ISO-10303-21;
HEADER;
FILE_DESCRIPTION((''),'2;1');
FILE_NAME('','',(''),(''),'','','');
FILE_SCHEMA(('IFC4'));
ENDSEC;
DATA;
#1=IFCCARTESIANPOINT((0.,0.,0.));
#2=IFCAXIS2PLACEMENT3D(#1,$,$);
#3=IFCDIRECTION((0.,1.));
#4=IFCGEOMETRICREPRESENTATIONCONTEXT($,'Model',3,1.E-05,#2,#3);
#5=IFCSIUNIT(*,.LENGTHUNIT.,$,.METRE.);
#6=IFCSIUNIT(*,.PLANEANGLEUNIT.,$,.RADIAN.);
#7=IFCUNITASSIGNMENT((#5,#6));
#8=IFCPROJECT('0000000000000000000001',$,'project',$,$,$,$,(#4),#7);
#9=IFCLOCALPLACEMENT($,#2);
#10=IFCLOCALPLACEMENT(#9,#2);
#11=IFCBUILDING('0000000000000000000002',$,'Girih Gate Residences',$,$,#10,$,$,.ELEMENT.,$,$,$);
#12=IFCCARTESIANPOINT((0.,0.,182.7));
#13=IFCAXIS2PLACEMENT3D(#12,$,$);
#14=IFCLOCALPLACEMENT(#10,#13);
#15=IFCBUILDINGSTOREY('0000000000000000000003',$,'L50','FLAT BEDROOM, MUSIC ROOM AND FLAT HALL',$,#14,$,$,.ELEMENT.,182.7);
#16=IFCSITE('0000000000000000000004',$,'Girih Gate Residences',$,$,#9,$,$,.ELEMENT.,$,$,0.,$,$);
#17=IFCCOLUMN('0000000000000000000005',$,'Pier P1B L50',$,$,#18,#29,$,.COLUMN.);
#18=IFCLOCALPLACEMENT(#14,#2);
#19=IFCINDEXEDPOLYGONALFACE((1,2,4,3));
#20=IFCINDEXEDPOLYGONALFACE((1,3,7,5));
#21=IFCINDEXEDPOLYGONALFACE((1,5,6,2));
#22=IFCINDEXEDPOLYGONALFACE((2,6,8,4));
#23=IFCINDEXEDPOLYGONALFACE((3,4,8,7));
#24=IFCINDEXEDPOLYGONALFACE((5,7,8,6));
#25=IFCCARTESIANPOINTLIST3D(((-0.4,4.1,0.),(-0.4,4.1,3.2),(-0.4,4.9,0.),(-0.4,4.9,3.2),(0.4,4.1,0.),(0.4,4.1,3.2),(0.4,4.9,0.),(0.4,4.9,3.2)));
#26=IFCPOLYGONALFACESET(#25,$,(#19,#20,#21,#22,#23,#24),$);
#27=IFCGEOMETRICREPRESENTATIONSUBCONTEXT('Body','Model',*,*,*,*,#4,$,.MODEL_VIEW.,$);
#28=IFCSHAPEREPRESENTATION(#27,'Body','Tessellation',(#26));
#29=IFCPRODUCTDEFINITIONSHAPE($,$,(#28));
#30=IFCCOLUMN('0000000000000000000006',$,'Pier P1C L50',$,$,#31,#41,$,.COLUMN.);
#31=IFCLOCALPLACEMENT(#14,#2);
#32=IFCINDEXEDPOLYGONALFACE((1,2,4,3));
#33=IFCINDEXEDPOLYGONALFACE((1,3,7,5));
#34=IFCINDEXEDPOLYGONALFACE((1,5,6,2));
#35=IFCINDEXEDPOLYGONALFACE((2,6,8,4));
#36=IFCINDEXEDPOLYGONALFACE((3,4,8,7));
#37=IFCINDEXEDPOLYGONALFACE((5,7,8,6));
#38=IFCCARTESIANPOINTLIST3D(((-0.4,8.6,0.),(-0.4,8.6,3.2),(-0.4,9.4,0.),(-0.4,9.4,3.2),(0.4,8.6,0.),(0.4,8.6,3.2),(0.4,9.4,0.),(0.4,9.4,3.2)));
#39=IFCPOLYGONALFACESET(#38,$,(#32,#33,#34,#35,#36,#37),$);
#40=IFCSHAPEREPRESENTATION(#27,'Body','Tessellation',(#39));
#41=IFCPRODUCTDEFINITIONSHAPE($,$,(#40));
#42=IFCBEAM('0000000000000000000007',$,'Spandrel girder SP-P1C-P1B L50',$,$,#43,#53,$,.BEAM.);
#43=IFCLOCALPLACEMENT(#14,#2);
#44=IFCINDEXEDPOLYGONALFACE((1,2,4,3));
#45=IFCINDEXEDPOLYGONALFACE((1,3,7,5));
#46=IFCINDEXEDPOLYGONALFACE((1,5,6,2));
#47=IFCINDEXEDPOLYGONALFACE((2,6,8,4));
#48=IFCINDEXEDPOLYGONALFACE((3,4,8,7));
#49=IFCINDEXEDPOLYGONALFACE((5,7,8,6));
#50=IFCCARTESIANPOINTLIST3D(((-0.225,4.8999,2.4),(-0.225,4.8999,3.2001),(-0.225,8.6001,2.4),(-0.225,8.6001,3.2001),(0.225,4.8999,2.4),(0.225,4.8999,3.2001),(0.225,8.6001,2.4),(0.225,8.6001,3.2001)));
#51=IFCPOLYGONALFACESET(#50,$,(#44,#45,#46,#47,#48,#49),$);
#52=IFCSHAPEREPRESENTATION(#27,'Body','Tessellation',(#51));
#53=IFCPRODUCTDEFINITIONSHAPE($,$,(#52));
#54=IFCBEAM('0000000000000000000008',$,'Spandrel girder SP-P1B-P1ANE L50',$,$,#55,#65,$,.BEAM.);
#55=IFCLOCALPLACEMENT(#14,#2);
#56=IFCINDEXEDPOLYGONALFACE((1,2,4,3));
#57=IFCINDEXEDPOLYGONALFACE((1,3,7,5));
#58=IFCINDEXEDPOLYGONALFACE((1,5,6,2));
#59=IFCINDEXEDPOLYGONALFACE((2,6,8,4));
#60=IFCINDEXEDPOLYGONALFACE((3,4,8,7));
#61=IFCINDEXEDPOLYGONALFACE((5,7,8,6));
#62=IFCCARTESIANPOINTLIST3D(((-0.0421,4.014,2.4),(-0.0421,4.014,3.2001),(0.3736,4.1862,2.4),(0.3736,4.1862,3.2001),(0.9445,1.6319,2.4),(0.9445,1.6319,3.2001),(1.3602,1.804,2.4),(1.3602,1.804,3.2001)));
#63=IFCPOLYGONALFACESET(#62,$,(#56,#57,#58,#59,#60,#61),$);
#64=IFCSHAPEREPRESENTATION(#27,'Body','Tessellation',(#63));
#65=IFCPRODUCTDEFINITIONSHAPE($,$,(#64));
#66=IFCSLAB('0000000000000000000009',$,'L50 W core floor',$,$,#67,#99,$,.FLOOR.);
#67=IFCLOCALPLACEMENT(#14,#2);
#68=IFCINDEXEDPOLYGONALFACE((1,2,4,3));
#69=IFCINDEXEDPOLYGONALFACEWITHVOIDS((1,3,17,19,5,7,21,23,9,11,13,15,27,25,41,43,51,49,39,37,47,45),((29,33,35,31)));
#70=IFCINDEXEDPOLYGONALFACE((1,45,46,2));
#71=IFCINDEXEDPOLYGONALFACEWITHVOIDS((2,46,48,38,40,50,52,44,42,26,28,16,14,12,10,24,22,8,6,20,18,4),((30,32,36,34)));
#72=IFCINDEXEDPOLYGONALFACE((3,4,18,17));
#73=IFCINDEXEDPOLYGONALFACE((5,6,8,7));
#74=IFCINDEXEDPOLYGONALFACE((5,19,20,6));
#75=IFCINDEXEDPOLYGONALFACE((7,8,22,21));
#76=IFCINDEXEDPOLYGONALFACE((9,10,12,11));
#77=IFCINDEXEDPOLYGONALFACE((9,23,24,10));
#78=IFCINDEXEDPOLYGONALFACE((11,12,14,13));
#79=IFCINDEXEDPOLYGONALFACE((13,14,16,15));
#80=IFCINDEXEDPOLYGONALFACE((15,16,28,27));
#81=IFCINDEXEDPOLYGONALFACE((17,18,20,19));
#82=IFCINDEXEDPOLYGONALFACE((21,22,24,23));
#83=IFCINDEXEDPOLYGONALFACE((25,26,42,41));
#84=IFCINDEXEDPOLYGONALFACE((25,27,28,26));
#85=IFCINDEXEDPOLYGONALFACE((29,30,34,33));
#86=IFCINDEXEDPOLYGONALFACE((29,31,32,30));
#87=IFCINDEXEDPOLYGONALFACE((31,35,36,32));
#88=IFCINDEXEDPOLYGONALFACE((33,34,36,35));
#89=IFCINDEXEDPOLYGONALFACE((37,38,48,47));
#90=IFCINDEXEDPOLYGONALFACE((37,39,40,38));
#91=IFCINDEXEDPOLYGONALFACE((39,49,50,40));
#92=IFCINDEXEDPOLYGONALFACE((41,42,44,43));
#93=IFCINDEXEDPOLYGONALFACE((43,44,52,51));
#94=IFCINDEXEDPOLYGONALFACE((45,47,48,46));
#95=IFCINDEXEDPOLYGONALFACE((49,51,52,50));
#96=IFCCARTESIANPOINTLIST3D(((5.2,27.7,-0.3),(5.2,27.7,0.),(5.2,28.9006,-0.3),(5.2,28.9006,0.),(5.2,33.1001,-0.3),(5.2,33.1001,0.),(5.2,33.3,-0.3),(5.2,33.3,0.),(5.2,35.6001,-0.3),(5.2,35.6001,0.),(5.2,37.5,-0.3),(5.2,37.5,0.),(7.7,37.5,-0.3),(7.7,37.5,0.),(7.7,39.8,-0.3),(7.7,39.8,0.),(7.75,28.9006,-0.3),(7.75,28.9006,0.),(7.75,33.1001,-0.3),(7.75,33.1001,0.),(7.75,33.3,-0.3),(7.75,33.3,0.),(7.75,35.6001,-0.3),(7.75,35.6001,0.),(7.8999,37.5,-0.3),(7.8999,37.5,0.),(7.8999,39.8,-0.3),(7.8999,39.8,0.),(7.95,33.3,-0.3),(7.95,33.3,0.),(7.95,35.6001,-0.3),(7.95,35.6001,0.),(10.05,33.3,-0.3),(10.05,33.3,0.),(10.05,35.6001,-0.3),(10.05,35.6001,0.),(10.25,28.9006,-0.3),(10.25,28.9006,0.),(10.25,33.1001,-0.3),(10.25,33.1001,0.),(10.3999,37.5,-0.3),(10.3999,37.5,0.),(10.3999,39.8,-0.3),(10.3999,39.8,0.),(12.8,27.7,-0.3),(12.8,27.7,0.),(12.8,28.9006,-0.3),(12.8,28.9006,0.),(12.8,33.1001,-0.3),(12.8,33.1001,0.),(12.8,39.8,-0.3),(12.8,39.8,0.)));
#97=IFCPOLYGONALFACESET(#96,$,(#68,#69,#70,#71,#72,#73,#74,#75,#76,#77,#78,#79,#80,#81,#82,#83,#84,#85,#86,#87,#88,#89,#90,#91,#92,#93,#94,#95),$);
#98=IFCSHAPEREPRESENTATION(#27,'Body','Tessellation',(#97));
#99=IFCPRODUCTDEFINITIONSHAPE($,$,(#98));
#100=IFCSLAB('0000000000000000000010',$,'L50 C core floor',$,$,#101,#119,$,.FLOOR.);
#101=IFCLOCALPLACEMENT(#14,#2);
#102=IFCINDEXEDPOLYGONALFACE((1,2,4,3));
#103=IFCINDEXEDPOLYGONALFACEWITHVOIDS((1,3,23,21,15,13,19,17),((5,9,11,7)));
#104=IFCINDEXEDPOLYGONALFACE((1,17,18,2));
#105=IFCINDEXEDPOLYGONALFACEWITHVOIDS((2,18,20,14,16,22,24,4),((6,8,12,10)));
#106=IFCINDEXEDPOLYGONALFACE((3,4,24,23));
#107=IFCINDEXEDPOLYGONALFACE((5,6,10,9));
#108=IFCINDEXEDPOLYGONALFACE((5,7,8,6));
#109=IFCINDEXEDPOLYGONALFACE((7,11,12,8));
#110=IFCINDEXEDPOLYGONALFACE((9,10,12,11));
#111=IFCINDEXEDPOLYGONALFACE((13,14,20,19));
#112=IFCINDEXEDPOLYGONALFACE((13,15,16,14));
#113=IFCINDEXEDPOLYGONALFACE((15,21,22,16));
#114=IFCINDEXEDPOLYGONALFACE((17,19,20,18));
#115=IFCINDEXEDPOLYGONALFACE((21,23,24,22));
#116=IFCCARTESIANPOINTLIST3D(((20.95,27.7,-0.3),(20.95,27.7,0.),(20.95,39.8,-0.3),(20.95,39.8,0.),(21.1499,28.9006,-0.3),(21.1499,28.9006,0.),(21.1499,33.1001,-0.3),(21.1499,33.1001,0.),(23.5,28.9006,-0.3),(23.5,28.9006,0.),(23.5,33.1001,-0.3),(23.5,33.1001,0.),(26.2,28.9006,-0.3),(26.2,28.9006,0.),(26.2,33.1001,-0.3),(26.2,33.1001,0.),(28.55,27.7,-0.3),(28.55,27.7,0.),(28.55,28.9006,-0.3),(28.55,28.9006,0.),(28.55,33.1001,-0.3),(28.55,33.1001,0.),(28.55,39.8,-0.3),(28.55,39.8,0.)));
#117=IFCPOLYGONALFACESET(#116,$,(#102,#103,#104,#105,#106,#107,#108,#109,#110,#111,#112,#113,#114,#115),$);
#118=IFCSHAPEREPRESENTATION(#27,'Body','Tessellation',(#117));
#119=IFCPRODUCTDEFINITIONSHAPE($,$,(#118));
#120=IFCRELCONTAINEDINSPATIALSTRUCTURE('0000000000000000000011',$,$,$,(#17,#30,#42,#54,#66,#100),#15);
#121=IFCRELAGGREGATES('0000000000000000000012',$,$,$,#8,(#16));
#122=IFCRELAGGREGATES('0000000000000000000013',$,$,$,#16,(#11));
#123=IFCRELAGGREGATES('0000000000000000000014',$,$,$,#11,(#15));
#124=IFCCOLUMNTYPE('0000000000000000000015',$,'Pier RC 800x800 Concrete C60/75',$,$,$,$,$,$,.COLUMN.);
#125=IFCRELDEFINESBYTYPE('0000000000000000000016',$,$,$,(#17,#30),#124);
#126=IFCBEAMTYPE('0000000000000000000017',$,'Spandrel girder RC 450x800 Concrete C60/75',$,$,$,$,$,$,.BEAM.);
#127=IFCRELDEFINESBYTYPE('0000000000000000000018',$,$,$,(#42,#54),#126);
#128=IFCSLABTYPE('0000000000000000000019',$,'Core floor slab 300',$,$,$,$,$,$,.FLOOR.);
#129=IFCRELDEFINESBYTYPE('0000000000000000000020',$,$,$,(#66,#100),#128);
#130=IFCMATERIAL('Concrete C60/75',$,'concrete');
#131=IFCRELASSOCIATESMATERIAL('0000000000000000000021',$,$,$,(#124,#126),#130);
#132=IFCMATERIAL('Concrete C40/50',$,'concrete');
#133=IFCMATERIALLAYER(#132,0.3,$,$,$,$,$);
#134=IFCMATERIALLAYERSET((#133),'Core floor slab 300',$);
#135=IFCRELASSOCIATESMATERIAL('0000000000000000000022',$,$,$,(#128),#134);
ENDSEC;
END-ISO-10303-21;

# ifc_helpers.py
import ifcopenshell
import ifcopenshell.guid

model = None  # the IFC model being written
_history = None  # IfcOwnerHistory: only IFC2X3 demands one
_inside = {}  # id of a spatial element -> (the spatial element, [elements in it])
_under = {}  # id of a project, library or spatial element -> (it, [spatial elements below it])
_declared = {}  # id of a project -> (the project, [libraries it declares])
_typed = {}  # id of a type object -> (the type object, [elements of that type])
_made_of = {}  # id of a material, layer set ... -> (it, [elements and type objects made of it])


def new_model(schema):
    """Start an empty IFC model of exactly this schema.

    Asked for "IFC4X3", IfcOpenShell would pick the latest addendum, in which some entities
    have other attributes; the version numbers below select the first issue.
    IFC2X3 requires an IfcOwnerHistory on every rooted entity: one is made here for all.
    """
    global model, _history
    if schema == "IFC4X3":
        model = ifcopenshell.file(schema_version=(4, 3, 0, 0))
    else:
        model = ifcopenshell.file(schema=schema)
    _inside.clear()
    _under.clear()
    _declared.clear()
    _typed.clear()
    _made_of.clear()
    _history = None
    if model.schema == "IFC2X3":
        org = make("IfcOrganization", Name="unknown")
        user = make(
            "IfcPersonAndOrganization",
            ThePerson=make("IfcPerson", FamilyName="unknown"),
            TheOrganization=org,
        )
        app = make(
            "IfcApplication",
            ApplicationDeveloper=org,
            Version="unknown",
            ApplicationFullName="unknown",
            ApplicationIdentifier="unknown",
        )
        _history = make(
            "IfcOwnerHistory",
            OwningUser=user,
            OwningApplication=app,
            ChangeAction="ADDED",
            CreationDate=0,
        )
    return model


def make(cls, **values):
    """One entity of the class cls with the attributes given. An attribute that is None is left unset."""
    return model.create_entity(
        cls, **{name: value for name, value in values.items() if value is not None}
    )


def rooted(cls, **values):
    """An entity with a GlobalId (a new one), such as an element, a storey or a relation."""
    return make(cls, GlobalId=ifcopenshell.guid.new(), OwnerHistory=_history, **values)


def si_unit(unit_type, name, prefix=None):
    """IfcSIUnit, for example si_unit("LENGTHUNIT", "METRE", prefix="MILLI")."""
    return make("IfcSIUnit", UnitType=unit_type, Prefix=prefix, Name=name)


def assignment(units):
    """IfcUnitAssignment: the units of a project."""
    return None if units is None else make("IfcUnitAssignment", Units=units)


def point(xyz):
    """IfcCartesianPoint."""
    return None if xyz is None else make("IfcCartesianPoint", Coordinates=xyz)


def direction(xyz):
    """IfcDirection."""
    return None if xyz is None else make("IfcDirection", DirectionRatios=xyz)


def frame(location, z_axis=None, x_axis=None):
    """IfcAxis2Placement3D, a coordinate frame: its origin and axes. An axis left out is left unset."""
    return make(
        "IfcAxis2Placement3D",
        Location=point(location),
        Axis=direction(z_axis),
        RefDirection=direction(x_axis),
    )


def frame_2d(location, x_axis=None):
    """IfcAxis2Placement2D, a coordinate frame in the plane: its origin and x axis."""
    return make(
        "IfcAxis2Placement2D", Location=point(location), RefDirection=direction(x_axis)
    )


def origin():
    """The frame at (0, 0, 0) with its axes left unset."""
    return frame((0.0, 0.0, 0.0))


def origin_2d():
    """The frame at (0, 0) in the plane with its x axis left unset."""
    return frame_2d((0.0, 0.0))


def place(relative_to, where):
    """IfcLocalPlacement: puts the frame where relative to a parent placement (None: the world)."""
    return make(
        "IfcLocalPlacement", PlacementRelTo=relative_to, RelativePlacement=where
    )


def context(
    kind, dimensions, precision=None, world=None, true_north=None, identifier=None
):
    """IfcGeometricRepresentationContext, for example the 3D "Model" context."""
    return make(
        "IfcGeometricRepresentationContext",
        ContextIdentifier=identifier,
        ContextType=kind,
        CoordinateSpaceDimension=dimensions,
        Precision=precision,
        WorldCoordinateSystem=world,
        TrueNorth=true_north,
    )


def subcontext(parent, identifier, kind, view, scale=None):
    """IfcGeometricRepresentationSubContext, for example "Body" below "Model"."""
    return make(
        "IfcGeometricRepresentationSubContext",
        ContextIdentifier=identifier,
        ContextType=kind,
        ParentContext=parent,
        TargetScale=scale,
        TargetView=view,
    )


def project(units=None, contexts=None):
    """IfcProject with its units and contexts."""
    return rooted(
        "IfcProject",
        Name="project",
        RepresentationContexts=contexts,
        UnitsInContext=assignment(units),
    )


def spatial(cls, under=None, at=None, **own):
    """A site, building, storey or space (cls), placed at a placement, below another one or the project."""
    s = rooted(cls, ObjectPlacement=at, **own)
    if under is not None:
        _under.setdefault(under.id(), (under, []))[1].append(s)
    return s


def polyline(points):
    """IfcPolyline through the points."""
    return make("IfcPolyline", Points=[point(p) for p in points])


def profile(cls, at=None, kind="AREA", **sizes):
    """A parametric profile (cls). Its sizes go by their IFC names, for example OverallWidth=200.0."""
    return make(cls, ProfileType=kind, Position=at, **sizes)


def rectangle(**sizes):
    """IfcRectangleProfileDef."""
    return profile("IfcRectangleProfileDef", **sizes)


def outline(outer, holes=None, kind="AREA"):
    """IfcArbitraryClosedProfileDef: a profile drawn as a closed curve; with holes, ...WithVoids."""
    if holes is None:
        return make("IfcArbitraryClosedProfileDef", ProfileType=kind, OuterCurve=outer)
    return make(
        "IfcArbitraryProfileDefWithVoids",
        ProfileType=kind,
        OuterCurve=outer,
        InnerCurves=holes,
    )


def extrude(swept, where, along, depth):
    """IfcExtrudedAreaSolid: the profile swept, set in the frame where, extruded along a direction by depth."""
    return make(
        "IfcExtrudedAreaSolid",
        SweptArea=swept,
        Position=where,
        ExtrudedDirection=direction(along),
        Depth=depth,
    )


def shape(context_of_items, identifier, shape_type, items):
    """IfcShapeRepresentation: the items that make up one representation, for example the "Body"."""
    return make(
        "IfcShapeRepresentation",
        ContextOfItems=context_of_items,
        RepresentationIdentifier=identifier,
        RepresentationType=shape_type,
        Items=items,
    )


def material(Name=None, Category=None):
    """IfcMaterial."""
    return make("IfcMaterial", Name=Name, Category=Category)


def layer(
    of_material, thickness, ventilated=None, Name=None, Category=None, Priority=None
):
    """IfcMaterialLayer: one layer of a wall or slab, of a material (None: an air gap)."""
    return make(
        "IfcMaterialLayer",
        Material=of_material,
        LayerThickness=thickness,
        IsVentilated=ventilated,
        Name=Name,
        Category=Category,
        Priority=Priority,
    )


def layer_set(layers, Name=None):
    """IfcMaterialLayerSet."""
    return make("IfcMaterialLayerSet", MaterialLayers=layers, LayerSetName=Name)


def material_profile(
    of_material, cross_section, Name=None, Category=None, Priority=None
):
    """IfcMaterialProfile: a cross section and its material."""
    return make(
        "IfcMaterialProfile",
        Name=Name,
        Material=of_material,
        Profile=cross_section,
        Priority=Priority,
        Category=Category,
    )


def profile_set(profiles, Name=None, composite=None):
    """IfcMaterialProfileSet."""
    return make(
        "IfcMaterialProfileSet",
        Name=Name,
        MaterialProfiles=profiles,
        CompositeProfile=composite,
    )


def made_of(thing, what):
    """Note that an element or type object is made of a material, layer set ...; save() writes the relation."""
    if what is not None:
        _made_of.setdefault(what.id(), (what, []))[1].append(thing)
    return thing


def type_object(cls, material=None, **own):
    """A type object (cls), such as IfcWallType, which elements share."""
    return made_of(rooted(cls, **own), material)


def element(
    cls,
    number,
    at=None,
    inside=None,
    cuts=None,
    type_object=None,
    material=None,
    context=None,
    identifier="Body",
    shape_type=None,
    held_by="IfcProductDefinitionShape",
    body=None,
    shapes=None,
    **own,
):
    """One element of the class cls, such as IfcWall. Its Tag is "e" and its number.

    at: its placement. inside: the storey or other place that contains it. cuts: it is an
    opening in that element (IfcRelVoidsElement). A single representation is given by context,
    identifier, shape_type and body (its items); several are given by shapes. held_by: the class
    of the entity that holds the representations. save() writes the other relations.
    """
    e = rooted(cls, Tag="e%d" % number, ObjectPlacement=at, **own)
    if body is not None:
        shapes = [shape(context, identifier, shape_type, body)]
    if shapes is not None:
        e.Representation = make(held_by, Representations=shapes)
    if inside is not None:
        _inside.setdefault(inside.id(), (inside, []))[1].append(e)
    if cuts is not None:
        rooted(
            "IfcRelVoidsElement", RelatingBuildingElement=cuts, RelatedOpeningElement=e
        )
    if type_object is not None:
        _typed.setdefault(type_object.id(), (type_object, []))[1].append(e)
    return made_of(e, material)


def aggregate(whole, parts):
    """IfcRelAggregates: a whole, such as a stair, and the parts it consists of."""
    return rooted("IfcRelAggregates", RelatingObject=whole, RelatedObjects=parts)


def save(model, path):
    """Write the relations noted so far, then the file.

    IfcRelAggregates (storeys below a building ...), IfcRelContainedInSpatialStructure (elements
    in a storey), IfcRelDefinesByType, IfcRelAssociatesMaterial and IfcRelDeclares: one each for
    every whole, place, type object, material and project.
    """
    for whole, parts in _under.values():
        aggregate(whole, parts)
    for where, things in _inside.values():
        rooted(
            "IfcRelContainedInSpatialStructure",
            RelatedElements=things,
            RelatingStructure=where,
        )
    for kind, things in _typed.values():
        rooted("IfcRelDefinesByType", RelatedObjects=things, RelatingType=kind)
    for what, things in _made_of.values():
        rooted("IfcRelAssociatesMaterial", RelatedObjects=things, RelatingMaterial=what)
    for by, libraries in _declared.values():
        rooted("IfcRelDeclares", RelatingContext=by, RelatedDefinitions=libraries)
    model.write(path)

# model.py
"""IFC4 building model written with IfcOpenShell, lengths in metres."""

from ifc_helpers import new_model, si_unit, direction, frame, origin, origin_2d, place, context, subcontext, project, spatial, polyline, rectangle, outline, extrude, material, layer, layer_set, material_profile, profile_set, type_object, element, save


model = new_model("IFC4")

# Units and contexts
model_context = context("Model", 3, precision=1e-05, world=origin(), true_north=direction((0.0, 1.0)))
body_context = subcontext(model_context, "Body", "Model", "MODEL_VIEW")
ifc_project = project(units=[si_unit("LENGTHUNIT", "METRE"), si_unit("PLANEANGLEUNIT", "RADIAN")], contexts=[model_context])

# Site, building, storey
site_placement = place(None, origin())
site = spatial("IfcSite", under=ifc_project, at=site_placement, Name="Girih Gate Residences", CompositionType="ELEMENT", RefElevation=0.0)
building_placement = place(site_placement, origin())
building = spatial("IfcBuilding", under=site, at=building_placement, Name="Girih Gate Residences", CompositionType="ELEMENT")
storey_placement = place(building_placement, frame((0.0, 0.0, 182.7)))
storey = spatial("IfcBuildingStorey", under=building, at=storey_placement, Name="L50", Description="FLAT BEDROOM, MUSIC ROOM AND FLAT HALL", CompositionType="ELEMENT", Elevation=182.7)

# Columns
ifc_material_1 = material(Name="Concrete C60/75", Category="concrete")
ifc_material_profile_1 = material_profile(ifc_material_1, rectangle(XDim=0.8, YDim=0.8, at=origin_2d()))
ifc_profile_set_1 = profile_set([ifc_material_profile_1], Name="Concrete C60/75")
column_type = type_object("IfcColumnType", Name="Pier RC 800x800 Concrete C60/75", PredefinedType="COLUMN", material=ifc_profile_set_1)
for number, where, z_axis, x_axis, name in (
    (1, (0.0, 4.5, 0.0), (0.0, 0.0, 1.0), (1.0, 0.0, 0.0), "Pier P1B L50"),
    (2, (0.0, 9.0, 0.0), (0.0, 0.0, 1.0), (1.0, 0.0, 0.0), "Pier P1C L50"),
):
    element("IfcColumn", number, at=place(storey_placement, frame(where, z_axis=z_axis, x_axis=x_axis)), inside=storey, type_object=column_type, Name=name, PredefinedType="COLUMN", context=body_context, shape_type="SweptSolid", body=[
        extrude(rectangle(XDim=0.8, YDim=0.8, at=origin_2d()), origin(), (0.0, 0.0, 1.0), 3.2),
    ])

# Beams
ifc_material_profile_2 = material_profile(ifc_material_1, rectangle(XDim=0.45, YDim=0.8, at=origin_2d()))
ifc_profile_set_2 = profile_set([ifc_material_profile_2], Name="Concrete C60/75")
beam_type = type_object("IfcBeamType", Name="Spandrel girder RC 450x800 Concrete C60/75", PredefinedType="BEAM", material=ifc_profile_set_2)
beam_1_placement = place(storey_placement, frame((0.0, 8.6001, 2.8), z_axis=(0.0, -1.0, 0.0), x_axis=(1.0, 0.0, 0.0)))
element("IfcBeam", 3, at=beam_1_placement, inside=storey, type_object=beam_type, Name="Spandrel girder SP-P1C-P1B L50", PredefinedType="BEAM", context=body_context, shape_type="SweptSolid", body=[
    extrude(rectangle(XDim=0.45, YDim=0.8, at=origin_2d()), origin(), (0.0, 0.0, 1.0), 3.7002),
])
beam_2_placement = place(storey_placement, frame((0.1658, 4.1001, 2.8), z_axis=(0.382644, -0.923896, 0.0), x_axis=(0.923896, 0.382644, 0.0)))
element("IfcBeam", 4, at=beam_2_placement, inside=storey, type_object=beam_type, Name="Spandrel girder SP-P1B-P1ANE L50", PredefinedType="BEAM", context=body_context, shape_type="SweptSolid", body=[
    extrude(rectangle(XDim=0.45, YDim=0.8, at=origin_2d()), origin(), (0.0, 0.0, 1.0), 2.5784),
])

# Slabs
ifc_material_2 = material(Name="Concrete C40/50", Category="concrete")
ifc_layer_1 = layer(ifc_material_2, 0.3)
ifc_layer_set_1 = layer_set([ifc_layer_1], Name="Core floor slab 300")
slab_type_1 = type_object("IfcSlabType", Name="Core floor slab 300", PredefinedType="FLOOR", material=ifc_layer_set_1)
slab_1_placement = place(storey_placement, frame((0.0, 0.0, -0.3)))
element("IfcSlab", 5, at=slab_1_placement, inside=storey, type_object=slab_type_1, Name="L50 W core floor", PredefinedType="FLOOR", context=body_context, shape_type="SweptSolid", body=[
    extrude(outline(polyline([(12.8, 27.7), (5.2, 27.7), (5.2, 28.9006), (7.75, 28.9006), (7.75, 33.1001), (5.2, 33.1001), (5.2, 33.3), (7.75, 33.3), (7.75, 35.6001), (5.2, 35.6001), (5.2, 37.5), (7.7, 37.5), (7.7, 39.8), (7.8999, 39.8), (7.8999, 37.5), (10.3999, 37.5), (10.3999, 39.8), (12.8, 39.8), (12.8, 33.1001), (10.25, 33.1001), (10.25, 28.9006), (12.8, 28.9006), (12.8, 27.7)]), holes=[polyline([(7.95, 33.3), (10.05, 33.3), (10.05, 35.6001), (7.95, 35.6001), (7.95, 33.3)])]), origin(), (0.0, 0.0, 1.0), 0.3),
])
slab_2_placement = place(storey_placement, frame((0.0, 0.0, -0.3)))
element("IfcSlab", 6, at=slab_2_placement, inside=storey, type_object=slab_type_1, Name="L50 C core floor", PredefinedType="FLOOR", context=body_context, shape_type="SweptSolid", body=[
    extrude(outline(polyline([(28.55, 27.7), (20.95, 27.7), (20.95, 39.8), (28.55, 39.8), (28.55, 33.1001), (26.2, 33.1001), (26.2, 28.9006), (28.55, 28.9006), (28.55, 27.7)]), holes=[polyline([(23.5, 28.9006), (23.5, 33.1001), (21.1499, 33.1001), (21.1499, 28.9006), (23.5, 28.9006)])]), origin(), (0.0, 0.0, 1.0), 0.3),
])

save(model, "model.ifc")
